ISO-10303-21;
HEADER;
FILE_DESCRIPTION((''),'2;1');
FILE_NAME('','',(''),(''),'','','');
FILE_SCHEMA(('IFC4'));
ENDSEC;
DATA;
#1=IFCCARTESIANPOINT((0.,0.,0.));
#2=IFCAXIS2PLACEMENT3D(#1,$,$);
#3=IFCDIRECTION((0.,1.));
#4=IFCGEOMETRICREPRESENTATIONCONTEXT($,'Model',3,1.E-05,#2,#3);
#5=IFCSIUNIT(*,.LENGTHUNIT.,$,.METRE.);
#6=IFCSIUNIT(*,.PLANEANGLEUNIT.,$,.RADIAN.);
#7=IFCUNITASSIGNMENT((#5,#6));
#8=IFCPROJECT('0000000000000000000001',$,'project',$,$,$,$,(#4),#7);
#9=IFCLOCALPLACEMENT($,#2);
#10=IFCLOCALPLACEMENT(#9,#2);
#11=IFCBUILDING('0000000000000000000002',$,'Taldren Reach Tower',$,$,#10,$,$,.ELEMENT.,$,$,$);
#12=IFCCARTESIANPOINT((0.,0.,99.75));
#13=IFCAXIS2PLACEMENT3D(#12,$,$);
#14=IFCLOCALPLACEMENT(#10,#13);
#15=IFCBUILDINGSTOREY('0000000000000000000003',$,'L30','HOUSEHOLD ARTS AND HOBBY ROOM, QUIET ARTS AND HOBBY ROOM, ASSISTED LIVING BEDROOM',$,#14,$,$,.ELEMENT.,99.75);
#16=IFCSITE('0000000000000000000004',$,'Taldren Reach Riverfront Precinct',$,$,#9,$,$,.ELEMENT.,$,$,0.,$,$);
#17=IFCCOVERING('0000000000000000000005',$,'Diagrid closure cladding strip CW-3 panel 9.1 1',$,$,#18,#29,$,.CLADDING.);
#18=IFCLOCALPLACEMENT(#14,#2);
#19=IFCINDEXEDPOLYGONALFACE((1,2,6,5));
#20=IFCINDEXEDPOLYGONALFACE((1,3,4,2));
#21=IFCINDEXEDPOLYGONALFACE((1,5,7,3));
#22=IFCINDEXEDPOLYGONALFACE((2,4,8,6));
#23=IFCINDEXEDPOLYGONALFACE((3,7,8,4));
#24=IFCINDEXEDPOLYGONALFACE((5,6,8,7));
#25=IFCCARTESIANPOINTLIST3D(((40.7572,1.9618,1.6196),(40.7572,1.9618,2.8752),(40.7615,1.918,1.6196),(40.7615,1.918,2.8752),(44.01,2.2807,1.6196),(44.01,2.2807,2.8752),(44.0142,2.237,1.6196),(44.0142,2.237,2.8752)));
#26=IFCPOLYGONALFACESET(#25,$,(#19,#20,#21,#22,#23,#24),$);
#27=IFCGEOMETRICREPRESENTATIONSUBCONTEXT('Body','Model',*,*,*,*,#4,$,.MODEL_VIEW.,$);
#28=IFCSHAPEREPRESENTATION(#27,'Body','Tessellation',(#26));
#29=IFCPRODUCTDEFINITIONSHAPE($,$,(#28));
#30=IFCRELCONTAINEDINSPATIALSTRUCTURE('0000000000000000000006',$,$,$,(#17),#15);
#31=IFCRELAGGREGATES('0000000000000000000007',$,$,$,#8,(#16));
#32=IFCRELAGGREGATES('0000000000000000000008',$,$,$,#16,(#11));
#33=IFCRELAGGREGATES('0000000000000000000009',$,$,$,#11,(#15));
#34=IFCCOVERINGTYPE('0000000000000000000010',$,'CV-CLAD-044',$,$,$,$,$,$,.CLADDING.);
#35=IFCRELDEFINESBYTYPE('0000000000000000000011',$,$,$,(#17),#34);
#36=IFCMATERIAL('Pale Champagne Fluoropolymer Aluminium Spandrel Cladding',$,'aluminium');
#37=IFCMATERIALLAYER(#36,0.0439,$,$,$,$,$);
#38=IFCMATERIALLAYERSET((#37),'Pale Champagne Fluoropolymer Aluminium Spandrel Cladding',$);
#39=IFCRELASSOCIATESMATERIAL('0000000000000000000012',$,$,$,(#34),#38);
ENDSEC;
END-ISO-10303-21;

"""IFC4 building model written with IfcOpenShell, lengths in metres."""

from ifc_helpers import new_model, si_unit, direction, frame, origin, origin_2d, place, context, subcontext, project, spatial, rectangle, extrude, source, transform, mapped, material, layer, layer_set, type_object, element, save


model = new_model("IFC4")

# Units and contexts
model_context = context("Model", 3, precision=1e-05, world=origin(), true_north=direction((0.0, 1.0)))
body_context = subcontext(model_context, "Body", "Model", "MODEL_VIEW")
ifc_project = project(units=[si_unit("LENGTHUNIT", "METRE"), si_unit("PLANEANGLEUNIT", "RADIAN")], contexts=[model_context])

# Site, building, storey
site_placement = place(None, origin())
site = spatial("IfcSite", under=ifc_project, at=site_placement, Name="Taldren Reach Riverfront Precinct", CompositionType="ELEMENT", RefElevation=0.0)
building_placement = place(site_placement, origin())
building = spatial("IfcBuilding", under=site, at=building_placement, Name="Taldren Reach Tower", CompositionType="ELEMENT")
storey_placement = place(building_placement, frame((0.0, 0.0, 99.75)))
storey = spatial("IfcBuildingStorey", under=building, at=storey_placement, Name="L30", Description="HOUSEHOLD ARTS AND HOBBY ROOM, QUIET ARTS AND HOBBY ROOM, ASSISTED LIVING BEDROOM", CompositionType="ELEMENT", Elevation=99.75)

# Covering
ifc_material_1 = material(Name="Pale Champagne Fluoropolymer Aluminium Spandrel Cladding", Category="aluminium")
ifc_layer_1 = layer(ifc_material_1, 0.0439)
ifc_layer_set_1 = layer_set([ifc_layer_1], Name="Pale Champagne Fluoropolymer Aluminium Spandrel Cladding")
covering_type = type_object("IfcCoveringType", Name="CV-CLAD-044", PredefinedType="CLADDING", material=ifc_layer_set_1)
shared_shape_1 = source(origin(), body_context, "Body", "SweptSolid", [
    extrude(rectangle(XDim=3.2683, YDim=0.0439, at=origin_2d()), origin(), (0.0, 0.0, 1.0), 1.2556),
])
covering_1_placement = place(storey_placement, frame((42.3857, 2.0994, 1.6196), z_axis=(0.0, 0.0, 1.0), x_axis=(0.995227, 0.097583, 0.0)))
element("IfcCovering", 1, at=covering_1_placement, inside=storey, type_object=covering_type, Name="Diagrid closure cladding strip CW-3 panel 9.1 1", PredefinedType="CLADDING", context=body_context, shape_type="MappedRepresentation", body=[
    mapped(shared_shape_1, transform((0.0, 0.0, 0.0), scale=1.0)),
])

save(model, "model.ifc")
